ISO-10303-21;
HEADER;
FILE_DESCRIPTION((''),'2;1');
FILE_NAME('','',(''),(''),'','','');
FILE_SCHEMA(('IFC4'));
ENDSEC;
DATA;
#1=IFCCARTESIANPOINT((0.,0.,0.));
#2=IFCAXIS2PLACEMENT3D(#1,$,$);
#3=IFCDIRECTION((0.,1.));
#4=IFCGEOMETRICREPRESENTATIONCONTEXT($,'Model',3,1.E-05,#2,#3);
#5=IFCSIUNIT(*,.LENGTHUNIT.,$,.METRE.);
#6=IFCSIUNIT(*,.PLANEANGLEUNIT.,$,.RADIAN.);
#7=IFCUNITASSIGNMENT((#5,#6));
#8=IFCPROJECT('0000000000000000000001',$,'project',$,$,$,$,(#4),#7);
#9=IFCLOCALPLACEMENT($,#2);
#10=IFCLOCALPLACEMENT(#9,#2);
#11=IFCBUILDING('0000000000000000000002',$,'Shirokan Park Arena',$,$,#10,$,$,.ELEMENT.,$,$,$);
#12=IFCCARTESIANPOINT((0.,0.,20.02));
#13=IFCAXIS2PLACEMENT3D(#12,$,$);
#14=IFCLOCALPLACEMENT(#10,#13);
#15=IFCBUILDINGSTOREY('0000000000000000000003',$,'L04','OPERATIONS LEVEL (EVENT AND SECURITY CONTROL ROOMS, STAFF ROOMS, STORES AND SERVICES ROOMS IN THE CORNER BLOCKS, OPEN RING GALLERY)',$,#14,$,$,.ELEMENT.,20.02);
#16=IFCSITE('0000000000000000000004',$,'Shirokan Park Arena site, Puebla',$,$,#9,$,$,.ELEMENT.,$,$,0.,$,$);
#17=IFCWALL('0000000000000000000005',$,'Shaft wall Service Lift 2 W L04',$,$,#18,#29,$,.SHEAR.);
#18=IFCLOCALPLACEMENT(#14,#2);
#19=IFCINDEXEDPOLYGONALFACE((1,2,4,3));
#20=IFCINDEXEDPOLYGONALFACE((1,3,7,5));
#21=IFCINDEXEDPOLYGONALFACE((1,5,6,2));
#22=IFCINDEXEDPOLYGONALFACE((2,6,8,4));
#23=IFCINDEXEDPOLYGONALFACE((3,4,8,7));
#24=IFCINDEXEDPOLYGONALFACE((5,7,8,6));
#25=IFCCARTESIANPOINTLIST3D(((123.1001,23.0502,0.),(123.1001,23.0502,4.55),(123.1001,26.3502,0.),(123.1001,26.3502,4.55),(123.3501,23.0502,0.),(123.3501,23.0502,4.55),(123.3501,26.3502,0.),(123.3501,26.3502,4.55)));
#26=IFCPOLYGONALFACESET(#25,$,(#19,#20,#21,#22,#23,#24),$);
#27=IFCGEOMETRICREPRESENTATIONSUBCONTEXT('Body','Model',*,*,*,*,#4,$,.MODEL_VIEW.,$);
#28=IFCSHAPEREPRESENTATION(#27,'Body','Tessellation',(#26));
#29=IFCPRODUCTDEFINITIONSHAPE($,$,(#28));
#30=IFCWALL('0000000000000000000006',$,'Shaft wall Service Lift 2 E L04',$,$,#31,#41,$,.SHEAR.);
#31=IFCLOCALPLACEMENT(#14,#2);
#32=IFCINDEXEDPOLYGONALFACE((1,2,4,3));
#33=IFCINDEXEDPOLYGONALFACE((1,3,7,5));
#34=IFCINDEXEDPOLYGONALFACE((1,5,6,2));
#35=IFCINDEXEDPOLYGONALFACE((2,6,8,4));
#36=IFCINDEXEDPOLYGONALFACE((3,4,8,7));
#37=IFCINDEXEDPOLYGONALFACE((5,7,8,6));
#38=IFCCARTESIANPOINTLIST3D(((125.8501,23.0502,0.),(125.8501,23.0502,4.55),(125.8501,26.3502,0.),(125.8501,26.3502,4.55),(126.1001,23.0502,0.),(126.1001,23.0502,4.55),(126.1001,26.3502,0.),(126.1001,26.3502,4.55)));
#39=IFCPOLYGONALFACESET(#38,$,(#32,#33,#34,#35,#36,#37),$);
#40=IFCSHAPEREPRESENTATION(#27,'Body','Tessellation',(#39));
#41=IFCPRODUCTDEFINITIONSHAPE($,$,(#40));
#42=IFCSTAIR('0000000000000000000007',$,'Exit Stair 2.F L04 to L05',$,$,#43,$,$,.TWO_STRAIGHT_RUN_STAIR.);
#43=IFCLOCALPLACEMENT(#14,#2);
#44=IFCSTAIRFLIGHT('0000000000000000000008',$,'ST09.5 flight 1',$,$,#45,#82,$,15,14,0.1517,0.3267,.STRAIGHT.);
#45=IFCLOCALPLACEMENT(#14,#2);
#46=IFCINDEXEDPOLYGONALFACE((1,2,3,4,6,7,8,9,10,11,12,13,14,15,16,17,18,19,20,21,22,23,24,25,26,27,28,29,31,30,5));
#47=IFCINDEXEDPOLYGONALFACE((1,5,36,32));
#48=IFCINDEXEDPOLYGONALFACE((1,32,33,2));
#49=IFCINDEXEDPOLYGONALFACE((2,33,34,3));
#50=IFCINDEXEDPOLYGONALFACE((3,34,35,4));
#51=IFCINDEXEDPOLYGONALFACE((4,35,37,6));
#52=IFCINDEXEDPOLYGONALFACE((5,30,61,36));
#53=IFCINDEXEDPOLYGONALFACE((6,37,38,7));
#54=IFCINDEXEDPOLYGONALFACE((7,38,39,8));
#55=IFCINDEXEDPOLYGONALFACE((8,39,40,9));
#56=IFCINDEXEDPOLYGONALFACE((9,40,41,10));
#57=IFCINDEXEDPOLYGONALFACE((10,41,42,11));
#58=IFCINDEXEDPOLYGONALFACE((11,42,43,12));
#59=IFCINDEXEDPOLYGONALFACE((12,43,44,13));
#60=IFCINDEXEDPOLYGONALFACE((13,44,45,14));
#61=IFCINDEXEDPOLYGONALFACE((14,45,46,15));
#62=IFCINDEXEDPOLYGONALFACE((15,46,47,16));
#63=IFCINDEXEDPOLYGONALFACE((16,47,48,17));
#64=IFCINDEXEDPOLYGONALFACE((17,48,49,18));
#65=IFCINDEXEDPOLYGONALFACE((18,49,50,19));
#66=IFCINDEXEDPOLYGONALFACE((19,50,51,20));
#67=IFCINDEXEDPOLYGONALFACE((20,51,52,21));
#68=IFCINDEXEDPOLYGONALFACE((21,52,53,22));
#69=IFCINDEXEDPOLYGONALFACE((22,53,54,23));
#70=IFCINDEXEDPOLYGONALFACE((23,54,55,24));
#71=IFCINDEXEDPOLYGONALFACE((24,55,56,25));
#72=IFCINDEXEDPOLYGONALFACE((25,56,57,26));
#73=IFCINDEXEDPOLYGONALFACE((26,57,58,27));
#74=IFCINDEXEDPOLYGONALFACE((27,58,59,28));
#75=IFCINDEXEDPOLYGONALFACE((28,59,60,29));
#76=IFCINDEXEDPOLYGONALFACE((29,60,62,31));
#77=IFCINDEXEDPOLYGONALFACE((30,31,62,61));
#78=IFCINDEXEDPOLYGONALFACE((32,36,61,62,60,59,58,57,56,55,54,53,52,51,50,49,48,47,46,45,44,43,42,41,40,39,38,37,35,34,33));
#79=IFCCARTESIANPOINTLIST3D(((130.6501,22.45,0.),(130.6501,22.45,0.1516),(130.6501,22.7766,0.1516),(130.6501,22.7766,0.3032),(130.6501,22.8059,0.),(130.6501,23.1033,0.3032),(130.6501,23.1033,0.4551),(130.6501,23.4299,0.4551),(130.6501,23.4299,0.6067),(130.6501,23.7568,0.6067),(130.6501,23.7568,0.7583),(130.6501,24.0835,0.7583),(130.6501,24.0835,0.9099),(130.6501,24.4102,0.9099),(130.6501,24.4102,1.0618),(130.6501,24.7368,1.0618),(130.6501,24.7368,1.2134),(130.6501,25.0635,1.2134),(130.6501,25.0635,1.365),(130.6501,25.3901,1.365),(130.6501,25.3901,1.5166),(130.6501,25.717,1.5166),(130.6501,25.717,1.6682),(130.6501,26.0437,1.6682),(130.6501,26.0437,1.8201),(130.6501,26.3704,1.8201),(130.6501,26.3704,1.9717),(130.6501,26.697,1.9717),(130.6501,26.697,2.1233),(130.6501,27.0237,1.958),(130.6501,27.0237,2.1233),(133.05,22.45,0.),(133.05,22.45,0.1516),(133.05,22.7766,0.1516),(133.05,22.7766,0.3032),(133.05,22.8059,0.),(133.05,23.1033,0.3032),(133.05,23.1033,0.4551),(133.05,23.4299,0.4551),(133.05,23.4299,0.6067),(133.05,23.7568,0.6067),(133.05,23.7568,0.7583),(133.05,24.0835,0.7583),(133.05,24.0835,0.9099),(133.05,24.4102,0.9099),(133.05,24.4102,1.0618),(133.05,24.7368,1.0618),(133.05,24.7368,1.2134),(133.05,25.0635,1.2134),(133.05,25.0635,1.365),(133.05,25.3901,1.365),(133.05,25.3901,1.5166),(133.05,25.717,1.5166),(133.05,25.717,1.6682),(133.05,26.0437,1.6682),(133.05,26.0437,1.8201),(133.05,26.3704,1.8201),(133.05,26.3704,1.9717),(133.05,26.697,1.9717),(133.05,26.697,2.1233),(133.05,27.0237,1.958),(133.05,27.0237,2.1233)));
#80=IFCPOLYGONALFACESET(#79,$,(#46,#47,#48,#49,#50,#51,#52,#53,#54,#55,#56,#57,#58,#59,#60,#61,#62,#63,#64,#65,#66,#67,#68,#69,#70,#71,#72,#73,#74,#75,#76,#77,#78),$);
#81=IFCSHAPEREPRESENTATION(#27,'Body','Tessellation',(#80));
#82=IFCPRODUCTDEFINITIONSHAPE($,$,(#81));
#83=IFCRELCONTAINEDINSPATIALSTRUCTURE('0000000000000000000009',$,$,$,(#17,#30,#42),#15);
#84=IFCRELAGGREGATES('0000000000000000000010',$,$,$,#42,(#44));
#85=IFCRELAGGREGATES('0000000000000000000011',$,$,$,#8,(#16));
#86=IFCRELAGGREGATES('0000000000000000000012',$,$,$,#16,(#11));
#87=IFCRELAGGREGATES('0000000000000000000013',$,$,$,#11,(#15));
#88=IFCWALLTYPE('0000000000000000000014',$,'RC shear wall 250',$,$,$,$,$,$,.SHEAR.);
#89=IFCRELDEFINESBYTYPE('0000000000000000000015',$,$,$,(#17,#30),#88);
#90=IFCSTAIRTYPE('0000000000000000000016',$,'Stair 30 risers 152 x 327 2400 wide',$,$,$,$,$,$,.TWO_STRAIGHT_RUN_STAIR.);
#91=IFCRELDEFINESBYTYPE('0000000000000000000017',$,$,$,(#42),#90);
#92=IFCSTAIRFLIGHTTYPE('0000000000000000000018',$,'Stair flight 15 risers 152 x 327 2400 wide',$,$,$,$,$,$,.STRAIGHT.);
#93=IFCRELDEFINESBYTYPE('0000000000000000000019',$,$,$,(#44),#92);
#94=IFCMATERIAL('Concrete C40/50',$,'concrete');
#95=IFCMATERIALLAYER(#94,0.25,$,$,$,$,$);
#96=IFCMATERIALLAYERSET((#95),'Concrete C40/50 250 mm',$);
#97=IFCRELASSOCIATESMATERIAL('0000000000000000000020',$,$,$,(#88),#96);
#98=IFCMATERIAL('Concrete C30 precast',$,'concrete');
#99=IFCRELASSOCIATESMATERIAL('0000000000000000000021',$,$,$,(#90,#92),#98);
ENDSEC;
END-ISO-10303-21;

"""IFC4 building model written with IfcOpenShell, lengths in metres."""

from ifc_helpers import new_model, si_unit, direction, frame, frame_2d, origin, place, context, subcontext, project, spatial, polyline, rectangle, outline, extrude, material, layer, layer_set, type_object, element, aggregate, save


model = new_model("IFC4")

# Units and contexts
model_context = context("Model", 3, precision=1e-05, world=origin(), true_north=direction((0.0, 1.0)))
body_context = subcontext(model_context, "Body", "Model", "MODEL_VIEW")
ifc_project = project(units=[si_unit("LENGTHUNIT", "METRE"), si_unit("PLANEANGLEUNIT", "RADIAN")], contexts=[model_context])

# Site, building, storey
site_placement = place(None, origin())
site = spatial("IfcSite", under=ifc_project, at=site_placement, Name="Shirokan Park Arena site, Puebla", CompositionType="ELEMENT", RefElevation=0.0)
building_placement = place(site_placement, origin())
building = spatial("IfcBuilding", under=site, at=building_placement, Name="Shirokan Park Arena", CompositionType="ELEMENT")
storey_placement = place(building_placement, frame((0.0, 0.0, 20.02)))
storey = spatial("IfcBuildingStorey", under=building, at=storey_placement, Name="L04", Description="OPERATIONS LEVEL (EVENT AND SECURITY CONTROL ROOMS, STAFF ROOMS, STORES AND SERVICES ROOMS IN THE CORNER BLOCKS, OPEN RING GALLERY)", CompositionType="ELEMENT", Elevation=20.02)

# Shared definitions
ifc_material_1 = material(Name="Concrete C40/50", Category="concrete")
ifc_layer_1 = layer(ifc_material_1, 0.25)
ifc_layer_set_1 = layer_set([ifc_layer_1], Name="Concrete C40/50 250 mm")
wall_type_1 = type_object("IfcWallType", Name="RC shear wall 250", PredefinedType="SHEAR", material=ifc_layer_set_1)

# Walls
for number, where, z_axis, x_axis, name in (
    (1, (123.2251, 26.3501, 0.0), (0.0, 0.0, 1.0), (0.0, -1.0, 0.0), "Shaft wall Service Lift 2 W L04"),
    (2, (125.9751, 26.3501, 0.0), (0.0, 0.0, 1.0), (0.0, -1.0, 0.0), "Shaft wall Service Lift 2 E L04"),
):
    element("IfcWall", number, at=place(storey_placement, frame(where, z_axis=z_axis, x_axis=x_axis)), inside=storey, type_object=wall_type_1, Name=name, PredefinedType="SHEAR", context=body_context, shape_type="SweptSolid", body=[
        extrude(rectangle(XDim=3.3, YDim=0.25, at=frame_2d((1.6499, 0.0))), origin(), (0.0, 0.0, 1.0), 4.55),
    ])

# Stair, stair flight
ifc_material_2 = material(Name="Concrete C30 precast", Category="concrete")
stair_type = type_object("IfcStairType", Name="Stair 30 risers 152 x 327 2400 wide", PredefinedType="TWO_STRAIGHT_RUN_STAIR", material=ifc_material_2)
stair_placement = place(storey_placement, origin())
stair = element("IfcStair", 3, at=stair_placement, inside=storey, type_object=stair_type, Name="Exit Stair 2.F L04 to L05", PredefinedType="TWO_STRAIGHT_RUN_STAIR")
stair_flight_type = type_object("IfcStairFlightType", Name="Stair flight 15 risers 152 x 327 2400 wide", PredefinedType="STRAIGHT", material=ifc_material_2)
stair_flight_placement = place(storey_placement, frame((131.8501, 22.45, 0.0), z_axis=(0.0, 0.0, 1.0), x_axis=(0.0, 1.0, 0.0)))
stair_flight = element("IfcStairFlight", 4, at=stair_flight_placement, type_object=stair_flight_type, Name="ST09.5 flight 1", NumberOfRisers=15, NumberOfTreads=14, PredefinedType="STRAIGHT", RiserHeight=0.1517, TreadLength=0.3267, context=body_context, shape_type="SweptSolid", body=[
    extrude(outline(polyline([(0.0, 0.0), (0.0, 0.1516), (0.3267, 0.1516), (0.3267, 0.3032), (0.6533, 0.3032), (0.6533, 0.4551), (0.98, 0.4551), (0.98, 0.6067), (1.3069, 0.6067), (1.3069, 0.7583), (1.6335, 0.7583), (1.6335, 0.9099), (1.9602, 0.9099), (1.9602, 1.0618), (2.2869, 1.0618), (2.2869, 1.2134), (2.6135, 1.2134), (2.6135, 1.365), (2.9402, 1.365), (2.9402, 1.5166), (3.2671, 1.5166), (3.2671, 1.6682), (3.5938, 1.6682), (3.5938, 1.8201), (3.9204, 1.8201), (3.9204, 1.9717), (4.2471, 1.9717), (4.2471, 2.1233), (4.5737, 2.1233), (4.5737, 2.2749), (4.5737, 1.958), (0.356, 0.0), (0.0, 0.0)])), frame((0.0, 1.2, 0.0), z_axis=(0.0, -1.0, 0.0), x_axis=(1.0, 0.0, 0.0)), (0.0, 0.0, 1.0), 2.3999),
])
aggregate(stair, [stair_flight])

save(model, "model.ifc")
